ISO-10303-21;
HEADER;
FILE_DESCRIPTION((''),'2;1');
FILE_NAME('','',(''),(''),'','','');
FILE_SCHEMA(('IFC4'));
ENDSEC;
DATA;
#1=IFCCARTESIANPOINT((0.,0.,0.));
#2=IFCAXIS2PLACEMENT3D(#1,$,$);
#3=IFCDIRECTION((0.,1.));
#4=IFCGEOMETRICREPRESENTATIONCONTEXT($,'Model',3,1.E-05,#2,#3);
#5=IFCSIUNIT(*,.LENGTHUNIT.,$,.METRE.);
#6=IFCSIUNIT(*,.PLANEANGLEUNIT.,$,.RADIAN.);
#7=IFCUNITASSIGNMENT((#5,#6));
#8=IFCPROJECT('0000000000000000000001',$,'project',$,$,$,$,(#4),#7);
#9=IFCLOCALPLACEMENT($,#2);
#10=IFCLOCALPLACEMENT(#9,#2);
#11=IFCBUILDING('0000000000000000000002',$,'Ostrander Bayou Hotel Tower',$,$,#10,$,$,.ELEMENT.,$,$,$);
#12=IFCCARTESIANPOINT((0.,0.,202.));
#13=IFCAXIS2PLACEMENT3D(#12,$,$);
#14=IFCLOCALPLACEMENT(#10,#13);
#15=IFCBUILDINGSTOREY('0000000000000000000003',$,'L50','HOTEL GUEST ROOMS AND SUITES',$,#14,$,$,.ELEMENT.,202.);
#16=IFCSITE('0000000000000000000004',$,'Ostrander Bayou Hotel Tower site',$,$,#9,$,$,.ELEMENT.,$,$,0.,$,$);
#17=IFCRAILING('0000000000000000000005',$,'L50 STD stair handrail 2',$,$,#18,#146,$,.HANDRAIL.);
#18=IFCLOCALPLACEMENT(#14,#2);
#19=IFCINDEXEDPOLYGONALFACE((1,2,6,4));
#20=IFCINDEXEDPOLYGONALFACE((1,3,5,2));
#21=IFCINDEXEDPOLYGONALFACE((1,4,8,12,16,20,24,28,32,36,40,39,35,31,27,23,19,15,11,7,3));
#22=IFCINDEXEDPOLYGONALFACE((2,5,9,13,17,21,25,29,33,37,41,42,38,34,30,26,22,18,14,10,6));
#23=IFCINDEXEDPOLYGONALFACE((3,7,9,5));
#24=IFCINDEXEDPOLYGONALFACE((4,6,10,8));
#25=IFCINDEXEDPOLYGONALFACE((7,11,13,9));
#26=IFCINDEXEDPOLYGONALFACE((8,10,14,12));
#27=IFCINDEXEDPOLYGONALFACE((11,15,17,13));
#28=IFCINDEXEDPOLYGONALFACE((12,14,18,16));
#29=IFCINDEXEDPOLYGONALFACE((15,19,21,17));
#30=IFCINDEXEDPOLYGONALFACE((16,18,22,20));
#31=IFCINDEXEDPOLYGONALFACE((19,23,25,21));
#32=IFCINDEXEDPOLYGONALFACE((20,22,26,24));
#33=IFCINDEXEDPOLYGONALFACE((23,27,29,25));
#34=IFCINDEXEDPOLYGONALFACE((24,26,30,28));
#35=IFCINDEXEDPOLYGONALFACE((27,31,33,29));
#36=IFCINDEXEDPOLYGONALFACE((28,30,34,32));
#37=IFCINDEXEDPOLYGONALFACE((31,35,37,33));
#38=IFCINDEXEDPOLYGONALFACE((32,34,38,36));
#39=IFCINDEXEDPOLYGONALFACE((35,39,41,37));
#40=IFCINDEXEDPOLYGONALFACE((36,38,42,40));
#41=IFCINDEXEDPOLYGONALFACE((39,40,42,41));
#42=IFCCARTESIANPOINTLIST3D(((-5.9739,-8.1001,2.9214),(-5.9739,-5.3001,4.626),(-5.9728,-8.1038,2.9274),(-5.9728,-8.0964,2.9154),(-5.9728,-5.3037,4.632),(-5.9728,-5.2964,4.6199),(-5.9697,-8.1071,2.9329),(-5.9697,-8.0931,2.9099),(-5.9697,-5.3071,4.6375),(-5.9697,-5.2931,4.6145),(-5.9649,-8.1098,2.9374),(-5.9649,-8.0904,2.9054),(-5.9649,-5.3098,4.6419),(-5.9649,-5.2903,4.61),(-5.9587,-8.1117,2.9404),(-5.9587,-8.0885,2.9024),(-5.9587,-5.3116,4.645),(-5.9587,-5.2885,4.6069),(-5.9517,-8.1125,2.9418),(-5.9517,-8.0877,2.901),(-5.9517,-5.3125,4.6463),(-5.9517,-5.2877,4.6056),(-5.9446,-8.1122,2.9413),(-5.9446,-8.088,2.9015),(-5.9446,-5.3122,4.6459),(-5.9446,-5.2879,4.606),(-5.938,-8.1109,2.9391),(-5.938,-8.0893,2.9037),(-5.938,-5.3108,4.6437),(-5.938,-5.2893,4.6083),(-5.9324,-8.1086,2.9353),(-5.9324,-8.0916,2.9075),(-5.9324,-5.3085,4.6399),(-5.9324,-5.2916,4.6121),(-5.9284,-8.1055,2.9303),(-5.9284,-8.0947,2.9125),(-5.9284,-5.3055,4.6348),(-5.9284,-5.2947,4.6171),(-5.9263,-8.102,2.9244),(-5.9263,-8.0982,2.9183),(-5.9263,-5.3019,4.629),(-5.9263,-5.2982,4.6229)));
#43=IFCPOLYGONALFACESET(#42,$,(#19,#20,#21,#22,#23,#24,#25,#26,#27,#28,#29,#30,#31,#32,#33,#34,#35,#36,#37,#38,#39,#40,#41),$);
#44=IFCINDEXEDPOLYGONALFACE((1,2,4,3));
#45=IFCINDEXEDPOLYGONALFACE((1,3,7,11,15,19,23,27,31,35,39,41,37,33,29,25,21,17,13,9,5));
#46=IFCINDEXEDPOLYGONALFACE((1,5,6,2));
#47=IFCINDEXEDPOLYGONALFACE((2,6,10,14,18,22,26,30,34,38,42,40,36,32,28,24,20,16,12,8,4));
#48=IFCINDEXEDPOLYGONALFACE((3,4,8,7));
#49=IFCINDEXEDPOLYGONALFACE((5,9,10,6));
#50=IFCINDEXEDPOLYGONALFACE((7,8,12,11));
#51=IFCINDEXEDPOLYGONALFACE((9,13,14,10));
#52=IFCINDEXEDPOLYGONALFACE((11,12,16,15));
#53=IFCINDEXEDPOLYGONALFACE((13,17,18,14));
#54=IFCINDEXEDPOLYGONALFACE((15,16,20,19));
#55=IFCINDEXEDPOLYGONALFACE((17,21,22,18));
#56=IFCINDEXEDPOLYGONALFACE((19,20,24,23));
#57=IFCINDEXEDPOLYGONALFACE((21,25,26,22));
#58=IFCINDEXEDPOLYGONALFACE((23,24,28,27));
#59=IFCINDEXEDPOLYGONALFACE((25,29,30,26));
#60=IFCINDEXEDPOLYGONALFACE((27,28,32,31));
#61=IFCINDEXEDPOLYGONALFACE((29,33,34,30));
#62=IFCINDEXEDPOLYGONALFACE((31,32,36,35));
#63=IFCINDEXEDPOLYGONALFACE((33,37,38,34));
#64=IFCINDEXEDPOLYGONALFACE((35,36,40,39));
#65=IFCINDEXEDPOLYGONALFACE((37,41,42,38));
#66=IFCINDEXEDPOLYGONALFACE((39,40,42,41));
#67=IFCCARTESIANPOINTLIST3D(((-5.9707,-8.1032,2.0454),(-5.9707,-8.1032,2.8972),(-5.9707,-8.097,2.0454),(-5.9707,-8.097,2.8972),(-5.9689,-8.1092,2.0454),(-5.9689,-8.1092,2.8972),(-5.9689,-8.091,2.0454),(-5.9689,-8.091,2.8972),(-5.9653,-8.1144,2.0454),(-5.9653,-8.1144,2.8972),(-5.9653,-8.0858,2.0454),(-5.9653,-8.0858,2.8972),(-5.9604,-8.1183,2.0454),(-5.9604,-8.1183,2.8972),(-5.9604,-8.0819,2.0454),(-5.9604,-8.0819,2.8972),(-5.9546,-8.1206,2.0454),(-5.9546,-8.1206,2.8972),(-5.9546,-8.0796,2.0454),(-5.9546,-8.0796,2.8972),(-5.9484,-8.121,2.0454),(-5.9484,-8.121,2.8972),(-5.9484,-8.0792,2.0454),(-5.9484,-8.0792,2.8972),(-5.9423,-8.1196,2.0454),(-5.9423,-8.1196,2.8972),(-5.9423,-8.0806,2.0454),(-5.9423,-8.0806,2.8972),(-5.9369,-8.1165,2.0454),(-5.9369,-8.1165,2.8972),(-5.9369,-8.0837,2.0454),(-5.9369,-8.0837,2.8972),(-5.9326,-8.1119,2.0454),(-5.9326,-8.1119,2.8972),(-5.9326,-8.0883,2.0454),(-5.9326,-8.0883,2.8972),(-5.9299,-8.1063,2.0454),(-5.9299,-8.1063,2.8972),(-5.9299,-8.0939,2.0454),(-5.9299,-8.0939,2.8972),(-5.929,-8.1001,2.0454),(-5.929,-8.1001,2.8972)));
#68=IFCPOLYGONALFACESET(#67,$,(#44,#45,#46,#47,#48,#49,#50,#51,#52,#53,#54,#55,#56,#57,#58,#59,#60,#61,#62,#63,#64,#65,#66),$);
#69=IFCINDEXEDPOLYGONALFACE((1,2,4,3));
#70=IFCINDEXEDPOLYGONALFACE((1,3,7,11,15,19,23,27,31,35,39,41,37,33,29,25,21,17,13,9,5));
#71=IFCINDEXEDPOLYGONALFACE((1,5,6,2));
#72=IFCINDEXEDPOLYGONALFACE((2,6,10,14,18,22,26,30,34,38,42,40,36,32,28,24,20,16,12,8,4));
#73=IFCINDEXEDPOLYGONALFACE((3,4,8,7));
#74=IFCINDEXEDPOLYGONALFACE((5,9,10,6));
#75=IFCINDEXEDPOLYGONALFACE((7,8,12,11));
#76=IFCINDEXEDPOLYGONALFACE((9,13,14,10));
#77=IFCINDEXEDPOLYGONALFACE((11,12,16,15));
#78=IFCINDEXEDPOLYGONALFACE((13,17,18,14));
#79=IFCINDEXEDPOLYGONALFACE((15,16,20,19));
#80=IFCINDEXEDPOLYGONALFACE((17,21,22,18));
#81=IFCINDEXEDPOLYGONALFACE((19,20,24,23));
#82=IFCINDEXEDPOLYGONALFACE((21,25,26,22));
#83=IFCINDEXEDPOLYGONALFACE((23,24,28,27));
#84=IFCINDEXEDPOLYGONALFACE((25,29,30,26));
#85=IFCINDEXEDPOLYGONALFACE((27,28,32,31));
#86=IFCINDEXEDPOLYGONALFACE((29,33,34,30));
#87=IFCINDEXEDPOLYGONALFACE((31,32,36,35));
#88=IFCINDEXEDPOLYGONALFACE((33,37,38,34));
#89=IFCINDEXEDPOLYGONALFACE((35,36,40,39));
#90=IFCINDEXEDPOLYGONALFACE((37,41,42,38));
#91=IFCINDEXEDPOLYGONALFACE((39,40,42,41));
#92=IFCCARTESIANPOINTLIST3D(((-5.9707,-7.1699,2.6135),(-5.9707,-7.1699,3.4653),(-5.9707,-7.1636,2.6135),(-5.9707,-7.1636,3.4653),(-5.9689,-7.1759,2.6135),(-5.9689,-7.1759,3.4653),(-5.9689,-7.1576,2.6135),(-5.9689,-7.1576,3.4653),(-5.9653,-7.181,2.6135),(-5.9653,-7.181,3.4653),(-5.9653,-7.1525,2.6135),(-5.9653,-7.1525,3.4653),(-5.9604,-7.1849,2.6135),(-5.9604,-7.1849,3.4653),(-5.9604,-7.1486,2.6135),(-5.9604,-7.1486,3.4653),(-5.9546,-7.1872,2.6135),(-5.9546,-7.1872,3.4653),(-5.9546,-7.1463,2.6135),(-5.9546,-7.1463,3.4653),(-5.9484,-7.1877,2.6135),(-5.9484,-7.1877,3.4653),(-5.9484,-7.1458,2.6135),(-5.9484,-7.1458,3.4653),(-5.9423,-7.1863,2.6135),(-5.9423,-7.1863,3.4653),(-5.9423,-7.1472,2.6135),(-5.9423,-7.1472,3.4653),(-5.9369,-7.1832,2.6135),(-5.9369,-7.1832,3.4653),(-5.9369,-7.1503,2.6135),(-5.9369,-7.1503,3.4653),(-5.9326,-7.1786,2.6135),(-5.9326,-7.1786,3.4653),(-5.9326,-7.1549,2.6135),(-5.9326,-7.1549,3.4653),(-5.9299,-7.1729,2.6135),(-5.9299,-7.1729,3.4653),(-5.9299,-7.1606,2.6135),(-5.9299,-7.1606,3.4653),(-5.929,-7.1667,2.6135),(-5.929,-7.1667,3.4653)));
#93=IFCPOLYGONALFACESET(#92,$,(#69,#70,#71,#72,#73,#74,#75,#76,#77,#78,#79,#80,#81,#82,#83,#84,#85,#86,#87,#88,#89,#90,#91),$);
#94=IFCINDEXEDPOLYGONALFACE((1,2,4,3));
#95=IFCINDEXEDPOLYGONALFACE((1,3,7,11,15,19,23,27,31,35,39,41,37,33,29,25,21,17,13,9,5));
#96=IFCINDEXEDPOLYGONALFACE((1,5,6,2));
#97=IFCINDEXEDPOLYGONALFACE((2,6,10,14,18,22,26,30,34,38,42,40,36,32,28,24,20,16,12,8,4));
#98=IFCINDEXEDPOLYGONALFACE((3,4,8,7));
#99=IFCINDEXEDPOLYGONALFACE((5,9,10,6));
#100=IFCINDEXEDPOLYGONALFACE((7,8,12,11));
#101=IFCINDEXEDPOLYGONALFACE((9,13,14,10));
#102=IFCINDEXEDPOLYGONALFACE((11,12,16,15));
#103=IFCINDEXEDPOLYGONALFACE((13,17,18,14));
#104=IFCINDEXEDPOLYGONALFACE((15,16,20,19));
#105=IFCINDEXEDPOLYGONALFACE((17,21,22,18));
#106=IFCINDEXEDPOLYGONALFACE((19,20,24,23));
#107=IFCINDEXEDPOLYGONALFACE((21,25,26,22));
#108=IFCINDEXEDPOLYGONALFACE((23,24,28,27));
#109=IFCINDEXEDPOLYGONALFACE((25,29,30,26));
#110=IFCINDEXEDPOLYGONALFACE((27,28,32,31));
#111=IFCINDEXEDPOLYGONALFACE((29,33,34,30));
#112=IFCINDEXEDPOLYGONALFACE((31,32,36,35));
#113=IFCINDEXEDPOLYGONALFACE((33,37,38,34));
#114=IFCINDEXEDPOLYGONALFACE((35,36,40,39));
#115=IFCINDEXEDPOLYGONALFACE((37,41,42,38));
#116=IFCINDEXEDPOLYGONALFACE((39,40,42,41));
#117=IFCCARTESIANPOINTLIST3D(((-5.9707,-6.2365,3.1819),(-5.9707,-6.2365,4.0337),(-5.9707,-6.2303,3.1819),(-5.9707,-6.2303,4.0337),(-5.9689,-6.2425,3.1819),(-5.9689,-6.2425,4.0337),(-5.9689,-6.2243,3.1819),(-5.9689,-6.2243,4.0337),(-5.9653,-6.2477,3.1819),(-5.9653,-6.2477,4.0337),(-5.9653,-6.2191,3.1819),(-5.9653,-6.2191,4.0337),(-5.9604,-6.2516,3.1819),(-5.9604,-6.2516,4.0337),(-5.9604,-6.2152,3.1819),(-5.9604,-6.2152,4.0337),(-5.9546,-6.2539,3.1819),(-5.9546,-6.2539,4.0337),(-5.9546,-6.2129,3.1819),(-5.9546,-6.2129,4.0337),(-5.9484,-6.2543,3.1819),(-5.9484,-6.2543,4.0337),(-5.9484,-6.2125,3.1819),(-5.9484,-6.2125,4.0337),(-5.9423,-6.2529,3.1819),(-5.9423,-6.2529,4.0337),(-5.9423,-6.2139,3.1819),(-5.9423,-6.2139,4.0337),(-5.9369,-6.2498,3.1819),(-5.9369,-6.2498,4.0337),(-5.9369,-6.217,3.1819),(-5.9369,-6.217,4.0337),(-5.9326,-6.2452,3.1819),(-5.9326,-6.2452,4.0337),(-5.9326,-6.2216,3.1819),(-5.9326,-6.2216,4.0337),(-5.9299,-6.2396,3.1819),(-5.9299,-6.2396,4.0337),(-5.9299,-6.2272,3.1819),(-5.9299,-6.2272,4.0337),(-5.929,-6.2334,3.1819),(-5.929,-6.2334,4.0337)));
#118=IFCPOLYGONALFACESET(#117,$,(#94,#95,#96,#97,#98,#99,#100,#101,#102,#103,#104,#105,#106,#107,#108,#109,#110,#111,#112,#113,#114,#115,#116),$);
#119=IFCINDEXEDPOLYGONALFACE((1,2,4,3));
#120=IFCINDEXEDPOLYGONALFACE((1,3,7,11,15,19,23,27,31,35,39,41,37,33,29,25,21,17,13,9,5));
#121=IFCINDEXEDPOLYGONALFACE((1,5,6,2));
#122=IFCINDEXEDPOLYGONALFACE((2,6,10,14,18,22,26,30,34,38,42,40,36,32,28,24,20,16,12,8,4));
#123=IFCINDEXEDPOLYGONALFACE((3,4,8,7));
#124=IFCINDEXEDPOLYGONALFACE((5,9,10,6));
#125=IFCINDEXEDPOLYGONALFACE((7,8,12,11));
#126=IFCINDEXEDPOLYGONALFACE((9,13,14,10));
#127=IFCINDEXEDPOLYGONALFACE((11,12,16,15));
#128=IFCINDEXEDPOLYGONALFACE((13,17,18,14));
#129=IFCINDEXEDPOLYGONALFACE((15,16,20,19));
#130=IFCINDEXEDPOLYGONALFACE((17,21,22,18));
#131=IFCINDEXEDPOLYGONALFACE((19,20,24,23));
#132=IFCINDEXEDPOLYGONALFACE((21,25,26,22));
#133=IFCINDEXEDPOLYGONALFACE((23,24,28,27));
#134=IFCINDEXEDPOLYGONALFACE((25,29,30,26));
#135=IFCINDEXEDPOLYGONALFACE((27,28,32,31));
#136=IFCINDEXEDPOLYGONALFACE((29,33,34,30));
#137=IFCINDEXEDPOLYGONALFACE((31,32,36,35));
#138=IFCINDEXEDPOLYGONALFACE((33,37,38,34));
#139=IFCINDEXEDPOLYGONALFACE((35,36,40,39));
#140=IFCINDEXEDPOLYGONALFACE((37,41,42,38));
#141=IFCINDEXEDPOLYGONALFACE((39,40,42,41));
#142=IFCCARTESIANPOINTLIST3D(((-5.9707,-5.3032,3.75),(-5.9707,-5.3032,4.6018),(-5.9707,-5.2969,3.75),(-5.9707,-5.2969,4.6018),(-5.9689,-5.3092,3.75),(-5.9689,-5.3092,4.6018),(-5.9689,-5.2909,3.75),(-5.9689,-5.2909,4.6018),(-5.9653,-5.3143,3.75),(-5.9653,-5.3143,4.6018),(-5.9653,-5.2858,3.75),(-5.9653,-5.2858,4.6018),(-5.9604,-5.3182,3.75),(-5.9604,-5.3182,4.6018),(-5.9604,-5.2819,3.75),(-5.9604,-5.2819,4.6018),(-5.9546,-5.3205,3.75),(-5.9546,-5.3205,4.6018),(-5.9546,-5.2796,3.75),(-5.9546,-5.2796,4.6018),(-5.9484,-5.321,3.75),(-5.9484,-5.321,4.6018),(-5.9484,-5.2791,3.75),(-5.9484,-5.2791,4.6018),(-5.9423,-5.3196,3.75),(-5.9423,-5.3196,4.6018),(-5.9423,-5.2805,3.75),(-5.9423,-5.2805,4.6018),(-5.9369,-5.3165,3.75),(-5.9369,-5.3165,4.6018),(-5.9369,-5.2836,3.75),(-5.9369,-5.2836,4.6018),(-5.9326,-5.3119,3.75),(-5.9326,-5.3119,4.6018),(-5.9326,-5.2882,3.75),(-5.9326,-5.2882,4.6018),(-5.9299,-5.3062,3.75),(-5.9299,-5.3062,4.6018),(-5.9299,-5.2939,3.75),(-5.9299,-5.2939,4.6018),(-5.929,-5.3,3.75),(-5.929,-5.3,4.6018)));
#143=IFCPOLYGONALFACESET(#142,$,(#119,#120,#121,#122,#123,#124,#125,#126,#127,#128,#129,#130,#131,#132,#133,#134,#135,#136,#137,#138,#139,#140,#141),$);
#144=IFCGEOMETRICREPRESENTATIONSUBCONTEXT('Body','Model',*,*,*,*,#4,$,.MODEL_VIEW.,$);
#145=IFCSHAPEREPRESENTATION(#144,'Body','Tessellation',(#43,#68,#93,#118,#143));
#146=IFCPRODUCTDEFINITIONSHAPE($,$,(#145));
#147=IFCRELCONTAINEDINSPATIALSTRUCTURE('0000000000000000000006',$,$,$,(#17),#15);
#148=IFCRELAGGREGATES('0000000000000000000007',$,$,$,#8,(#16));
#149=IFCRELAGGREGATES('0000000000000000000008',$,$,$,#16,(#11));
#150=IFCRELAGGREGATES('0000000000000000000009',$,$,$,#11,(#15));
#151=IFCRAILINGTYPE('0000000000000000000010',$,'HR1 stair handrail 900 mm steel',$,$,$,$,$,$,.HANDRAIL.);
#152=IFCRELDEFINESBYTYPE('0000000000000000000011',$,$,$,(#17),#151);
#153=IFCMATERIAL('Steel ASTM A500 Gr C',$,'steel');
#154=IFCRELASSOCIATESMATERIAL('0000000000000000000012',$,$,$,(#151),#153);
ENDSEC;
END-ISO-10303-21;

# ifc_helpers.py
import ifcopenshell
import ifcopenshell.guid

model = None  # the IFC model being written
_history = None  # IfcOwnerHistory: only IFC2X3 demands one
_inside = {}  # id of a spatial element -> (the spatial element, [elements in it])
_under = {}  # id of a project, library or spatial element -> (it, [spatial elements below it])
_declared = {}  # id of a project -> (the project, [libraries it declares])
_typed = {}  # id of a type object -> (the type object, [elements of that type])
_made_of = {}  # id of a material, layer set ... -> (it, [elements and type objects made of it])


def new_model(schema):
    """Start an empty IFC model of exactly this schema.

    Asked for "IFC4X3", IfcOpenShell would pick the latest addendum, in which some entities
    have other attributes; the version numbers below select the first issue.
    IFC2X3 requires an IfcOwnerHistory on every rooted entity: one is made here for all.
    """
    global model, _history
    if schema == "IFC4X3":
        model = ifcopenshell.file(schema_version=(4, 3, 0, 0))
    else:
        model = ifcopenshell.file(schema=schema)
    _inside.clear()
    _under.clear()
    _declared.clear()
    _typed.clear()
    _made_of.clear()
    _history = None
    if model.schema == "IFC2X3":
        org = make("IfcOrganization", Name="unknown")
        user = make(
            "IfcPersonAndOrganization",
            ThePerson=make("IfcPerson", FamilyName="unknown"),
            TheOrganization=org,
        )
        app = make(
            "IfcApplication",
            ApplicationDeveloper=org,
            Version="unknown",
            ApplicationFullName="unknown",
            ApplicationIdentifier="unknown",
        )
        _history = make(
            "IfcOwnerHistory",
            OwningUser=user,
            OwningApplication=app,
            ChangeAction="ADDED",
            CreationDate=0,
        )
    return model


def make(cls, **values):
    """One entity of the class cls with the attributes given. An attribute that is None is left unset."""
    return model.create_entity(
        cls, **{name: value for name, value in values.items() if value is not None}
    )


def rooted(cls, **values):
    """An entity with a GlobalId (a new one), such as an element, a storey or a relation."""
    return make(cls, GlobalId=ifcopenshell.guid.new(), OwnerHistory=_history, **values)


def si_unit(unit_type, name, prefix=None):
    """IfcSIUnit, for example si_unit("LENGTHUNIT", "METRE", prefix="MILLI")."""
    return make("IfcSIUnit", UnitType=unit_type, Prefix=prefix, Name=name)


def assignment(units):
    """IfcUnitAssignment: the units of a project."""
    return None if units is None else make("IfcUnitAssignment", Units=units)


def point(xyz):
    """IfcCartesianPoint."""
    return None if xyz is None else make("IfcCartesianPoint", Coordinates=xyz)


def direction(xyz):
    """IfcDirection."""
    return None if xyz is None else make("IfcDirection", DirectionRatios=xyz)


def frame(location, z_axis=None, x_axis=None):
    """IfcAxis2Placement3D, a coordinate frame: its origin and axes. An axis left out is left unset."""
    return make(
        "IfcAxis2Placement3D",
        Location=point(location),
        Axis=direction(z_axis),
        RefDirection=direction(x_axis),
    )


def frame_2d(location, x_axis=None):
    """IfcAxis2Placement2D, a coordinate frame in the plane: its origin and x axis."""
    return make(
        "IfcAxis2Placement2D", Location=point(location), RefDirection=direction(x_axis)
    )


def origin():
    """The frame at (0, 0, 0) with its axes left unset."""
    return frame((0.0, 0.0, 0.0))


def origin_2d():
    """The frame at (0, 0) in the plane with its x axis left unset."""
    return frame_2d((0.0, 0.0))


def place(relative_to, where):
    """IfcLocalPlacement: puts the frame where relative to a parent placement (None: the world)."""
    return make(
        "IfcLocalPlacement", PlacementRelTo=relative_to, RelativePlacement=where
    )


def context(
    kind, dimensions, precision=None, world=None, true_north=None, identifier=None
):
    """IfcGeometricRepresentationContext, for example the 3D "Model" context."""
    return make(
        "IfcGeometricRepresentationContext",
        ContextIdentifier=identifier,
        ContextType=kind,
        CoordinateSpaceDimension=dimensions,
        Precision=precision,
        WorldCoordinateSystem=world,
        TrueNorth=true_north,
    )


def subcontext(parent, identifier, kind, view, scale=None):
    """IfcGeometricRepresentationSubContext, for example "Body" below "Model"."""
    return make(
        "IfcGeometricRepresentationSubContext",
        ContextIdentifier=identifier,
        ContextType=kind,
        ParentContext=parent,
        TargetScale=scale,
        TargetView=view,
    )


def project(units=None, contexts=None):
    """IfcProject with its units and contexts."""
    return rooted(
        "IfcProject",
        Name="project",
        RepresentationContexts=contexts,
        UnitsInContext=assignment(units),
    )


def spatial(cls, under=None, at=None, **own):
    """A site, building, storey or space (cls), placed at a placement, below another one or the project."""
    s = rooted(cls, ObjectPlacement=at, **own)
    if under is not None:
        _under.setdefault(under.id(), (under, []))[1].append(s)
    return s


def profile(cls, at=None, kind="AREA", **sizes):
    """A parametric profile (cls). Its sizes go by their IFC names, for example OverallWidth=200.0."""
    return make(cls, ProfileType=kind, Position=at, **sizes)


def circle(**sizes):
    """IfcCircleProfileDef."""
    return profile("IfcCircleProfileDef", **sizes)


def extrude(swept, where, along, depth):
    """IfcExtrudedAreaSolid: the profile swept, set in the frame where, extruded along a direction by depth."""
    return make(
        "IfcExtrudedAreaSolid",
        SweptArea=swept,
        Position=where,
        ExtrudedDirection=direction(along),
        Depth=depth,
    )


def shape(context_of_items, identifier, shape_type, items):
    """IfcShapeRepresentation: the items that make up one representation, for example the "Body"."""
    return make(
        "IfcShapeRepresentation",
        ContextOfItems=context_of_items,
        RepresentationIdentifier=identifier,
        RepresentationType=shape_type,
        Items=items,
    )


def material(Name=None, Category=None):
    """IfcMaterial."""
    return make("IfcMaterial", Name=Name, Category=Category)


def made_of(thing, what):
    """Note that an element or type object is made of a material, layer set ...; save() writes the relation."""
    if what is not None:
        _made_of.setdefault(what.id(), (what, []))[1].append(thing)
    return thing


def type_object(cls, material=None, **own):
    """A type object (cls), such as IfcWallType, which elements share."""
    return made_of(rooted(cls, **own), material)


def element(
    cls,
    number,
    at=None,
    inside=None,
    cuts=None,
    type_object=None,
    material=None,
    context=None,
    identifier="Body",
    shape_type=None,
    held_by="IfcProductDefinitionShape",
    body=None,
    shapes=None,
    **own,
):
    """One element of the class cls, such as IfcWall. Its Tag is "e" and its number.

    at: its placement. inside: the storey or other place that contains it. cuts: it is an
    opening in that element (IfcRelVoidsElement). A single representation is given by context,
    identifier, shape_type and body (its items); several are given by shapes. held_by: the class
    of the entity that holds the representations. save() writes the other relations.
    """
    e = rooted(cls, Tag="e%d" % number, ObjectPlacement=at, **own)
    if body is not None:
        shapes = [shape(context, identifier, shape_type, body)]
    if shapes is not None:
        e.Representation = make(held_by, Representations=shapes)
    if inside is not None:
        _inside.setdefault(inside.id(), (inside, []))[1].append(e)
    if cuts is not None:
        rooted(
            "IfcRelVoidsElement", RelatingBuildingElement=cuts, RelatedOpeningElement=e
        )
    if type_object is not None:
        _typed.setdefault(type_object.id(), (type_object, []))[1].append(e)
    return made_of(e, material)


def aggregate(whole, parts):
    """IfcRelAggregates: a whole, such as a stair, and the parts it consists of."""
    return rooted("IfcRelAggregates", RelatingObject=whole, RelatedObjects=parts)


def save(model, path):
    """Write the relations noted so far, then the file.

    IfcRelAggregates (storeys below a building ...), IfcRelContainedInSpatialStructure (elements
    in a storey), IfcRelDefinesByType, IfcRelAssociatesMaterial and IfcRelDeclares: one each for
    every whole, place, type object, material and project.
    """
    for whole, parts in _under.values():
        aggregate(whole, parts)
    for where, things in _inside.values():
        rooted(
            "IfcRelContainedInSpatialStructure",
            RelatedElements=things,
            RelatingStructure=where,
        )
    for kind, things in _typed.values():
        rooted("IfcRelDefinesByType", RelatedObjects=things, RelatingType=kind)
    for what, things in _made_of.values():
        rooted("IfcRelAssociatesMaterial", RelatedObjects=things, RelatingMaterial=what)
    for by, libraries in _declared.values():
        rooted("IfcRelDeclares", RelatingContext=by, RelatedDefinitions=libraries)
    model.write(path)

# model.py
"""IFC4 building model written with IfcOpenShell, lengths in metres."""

from ifc_helpers import new_model, si_unit, direction, frame, origin, origin_2d, place, context, subcontext, project, spatial, circle, extrude, material, type_object, element, save


model = new_model("IFC4")

# Units and contexts
model_context = context("Model", 3, precision=1e-05, world=origin(), true_north=direction((0.0, 1.0)))
body_context = subcontext(model_context, "Body", "Model", "MODEL_VIEW")
ifc_project = project(units=[si_unit("LENGTHUNIT", "METRE"), si_unit("PLANEANGLEUNIT", "RADIAN")], contexts=[model_context])

# Site, building, storey
site_placement = place(None, origin())
site = spatial("IfcSite", under=ifc_project, at=site_placement, Name="Ostrander Bayou Hotel Tower site", CompositionType="ELEMENT", RefElevation=0.0)
building_placement = place(site_placement, origin())
building = spatial("IfcBuilding", under=site, at=building_placement, Name="Ostrander Bayou Hotel Tower", CompositionType="ELEMENT")
storey_placement = place(building_placement, frame((0.0, 0.0, 202.0)))
storey = spatial("IfcBuildingStorey", under=building, at=storey_placement, Name="L50", Description="HOTEL GUEST ROOMS AND SUITES", CompositionType="ELEMENT", Elevation=202.0)

# Railing
ifc_material_1 = material(Name="Steel ASTM A500 Gr C", Category="steel")
railing_type_1 = type_object("IfcRailingType", Name="HR1 stair handrail 900 mm steel", PredefinedType="HANDRAIL", material=ifc_material_1)
railing_1_placement = place(storey_placement, frame((-5.95, -8.1001, 2.0454)))
element("IfcRailing", 1, at=railing_1_placement, inside=storey, type_object=railing_type_1, Name="L50 STD stair handrail 2", PredefinedType="HANDRAIL", context=body_context, shape_type="SweptSolid", body=[
    extrude(circle(Radius=0.0239, at=origin_2d()), frame((0.0, 0.0, 0.876), z_axis=(0.0, 0.85417, 0.519994), x_axis=(-1.0, 0.0, 0.0)), (0.0, 0.0, 1.0), 3.2781),
    extrude(circle(Radius=0.021, at=origin_2d()), origin(), (0.0, 0.0, 1.0), 0.8518),
    extrude(circle(Radius=0.021, at=origin_2d()), frame((0.0, 0.9333, 0.5681)), (0.0, 0.0, 1.0), 0.8518),
    extrude(circle(Radius=0.021, at=origin_2d()), frame((0.0, 1.8667, 1.1365)), (0.0, 0.0, 1.0), 0.8518),
    extrude(circle(Radius=0.021, at=origin_2d()), frame((0.0, 2.8, 1.7046)), (0.0, 0.0, 1.0), 0.8518),
])

save(model, "model.ifc")
